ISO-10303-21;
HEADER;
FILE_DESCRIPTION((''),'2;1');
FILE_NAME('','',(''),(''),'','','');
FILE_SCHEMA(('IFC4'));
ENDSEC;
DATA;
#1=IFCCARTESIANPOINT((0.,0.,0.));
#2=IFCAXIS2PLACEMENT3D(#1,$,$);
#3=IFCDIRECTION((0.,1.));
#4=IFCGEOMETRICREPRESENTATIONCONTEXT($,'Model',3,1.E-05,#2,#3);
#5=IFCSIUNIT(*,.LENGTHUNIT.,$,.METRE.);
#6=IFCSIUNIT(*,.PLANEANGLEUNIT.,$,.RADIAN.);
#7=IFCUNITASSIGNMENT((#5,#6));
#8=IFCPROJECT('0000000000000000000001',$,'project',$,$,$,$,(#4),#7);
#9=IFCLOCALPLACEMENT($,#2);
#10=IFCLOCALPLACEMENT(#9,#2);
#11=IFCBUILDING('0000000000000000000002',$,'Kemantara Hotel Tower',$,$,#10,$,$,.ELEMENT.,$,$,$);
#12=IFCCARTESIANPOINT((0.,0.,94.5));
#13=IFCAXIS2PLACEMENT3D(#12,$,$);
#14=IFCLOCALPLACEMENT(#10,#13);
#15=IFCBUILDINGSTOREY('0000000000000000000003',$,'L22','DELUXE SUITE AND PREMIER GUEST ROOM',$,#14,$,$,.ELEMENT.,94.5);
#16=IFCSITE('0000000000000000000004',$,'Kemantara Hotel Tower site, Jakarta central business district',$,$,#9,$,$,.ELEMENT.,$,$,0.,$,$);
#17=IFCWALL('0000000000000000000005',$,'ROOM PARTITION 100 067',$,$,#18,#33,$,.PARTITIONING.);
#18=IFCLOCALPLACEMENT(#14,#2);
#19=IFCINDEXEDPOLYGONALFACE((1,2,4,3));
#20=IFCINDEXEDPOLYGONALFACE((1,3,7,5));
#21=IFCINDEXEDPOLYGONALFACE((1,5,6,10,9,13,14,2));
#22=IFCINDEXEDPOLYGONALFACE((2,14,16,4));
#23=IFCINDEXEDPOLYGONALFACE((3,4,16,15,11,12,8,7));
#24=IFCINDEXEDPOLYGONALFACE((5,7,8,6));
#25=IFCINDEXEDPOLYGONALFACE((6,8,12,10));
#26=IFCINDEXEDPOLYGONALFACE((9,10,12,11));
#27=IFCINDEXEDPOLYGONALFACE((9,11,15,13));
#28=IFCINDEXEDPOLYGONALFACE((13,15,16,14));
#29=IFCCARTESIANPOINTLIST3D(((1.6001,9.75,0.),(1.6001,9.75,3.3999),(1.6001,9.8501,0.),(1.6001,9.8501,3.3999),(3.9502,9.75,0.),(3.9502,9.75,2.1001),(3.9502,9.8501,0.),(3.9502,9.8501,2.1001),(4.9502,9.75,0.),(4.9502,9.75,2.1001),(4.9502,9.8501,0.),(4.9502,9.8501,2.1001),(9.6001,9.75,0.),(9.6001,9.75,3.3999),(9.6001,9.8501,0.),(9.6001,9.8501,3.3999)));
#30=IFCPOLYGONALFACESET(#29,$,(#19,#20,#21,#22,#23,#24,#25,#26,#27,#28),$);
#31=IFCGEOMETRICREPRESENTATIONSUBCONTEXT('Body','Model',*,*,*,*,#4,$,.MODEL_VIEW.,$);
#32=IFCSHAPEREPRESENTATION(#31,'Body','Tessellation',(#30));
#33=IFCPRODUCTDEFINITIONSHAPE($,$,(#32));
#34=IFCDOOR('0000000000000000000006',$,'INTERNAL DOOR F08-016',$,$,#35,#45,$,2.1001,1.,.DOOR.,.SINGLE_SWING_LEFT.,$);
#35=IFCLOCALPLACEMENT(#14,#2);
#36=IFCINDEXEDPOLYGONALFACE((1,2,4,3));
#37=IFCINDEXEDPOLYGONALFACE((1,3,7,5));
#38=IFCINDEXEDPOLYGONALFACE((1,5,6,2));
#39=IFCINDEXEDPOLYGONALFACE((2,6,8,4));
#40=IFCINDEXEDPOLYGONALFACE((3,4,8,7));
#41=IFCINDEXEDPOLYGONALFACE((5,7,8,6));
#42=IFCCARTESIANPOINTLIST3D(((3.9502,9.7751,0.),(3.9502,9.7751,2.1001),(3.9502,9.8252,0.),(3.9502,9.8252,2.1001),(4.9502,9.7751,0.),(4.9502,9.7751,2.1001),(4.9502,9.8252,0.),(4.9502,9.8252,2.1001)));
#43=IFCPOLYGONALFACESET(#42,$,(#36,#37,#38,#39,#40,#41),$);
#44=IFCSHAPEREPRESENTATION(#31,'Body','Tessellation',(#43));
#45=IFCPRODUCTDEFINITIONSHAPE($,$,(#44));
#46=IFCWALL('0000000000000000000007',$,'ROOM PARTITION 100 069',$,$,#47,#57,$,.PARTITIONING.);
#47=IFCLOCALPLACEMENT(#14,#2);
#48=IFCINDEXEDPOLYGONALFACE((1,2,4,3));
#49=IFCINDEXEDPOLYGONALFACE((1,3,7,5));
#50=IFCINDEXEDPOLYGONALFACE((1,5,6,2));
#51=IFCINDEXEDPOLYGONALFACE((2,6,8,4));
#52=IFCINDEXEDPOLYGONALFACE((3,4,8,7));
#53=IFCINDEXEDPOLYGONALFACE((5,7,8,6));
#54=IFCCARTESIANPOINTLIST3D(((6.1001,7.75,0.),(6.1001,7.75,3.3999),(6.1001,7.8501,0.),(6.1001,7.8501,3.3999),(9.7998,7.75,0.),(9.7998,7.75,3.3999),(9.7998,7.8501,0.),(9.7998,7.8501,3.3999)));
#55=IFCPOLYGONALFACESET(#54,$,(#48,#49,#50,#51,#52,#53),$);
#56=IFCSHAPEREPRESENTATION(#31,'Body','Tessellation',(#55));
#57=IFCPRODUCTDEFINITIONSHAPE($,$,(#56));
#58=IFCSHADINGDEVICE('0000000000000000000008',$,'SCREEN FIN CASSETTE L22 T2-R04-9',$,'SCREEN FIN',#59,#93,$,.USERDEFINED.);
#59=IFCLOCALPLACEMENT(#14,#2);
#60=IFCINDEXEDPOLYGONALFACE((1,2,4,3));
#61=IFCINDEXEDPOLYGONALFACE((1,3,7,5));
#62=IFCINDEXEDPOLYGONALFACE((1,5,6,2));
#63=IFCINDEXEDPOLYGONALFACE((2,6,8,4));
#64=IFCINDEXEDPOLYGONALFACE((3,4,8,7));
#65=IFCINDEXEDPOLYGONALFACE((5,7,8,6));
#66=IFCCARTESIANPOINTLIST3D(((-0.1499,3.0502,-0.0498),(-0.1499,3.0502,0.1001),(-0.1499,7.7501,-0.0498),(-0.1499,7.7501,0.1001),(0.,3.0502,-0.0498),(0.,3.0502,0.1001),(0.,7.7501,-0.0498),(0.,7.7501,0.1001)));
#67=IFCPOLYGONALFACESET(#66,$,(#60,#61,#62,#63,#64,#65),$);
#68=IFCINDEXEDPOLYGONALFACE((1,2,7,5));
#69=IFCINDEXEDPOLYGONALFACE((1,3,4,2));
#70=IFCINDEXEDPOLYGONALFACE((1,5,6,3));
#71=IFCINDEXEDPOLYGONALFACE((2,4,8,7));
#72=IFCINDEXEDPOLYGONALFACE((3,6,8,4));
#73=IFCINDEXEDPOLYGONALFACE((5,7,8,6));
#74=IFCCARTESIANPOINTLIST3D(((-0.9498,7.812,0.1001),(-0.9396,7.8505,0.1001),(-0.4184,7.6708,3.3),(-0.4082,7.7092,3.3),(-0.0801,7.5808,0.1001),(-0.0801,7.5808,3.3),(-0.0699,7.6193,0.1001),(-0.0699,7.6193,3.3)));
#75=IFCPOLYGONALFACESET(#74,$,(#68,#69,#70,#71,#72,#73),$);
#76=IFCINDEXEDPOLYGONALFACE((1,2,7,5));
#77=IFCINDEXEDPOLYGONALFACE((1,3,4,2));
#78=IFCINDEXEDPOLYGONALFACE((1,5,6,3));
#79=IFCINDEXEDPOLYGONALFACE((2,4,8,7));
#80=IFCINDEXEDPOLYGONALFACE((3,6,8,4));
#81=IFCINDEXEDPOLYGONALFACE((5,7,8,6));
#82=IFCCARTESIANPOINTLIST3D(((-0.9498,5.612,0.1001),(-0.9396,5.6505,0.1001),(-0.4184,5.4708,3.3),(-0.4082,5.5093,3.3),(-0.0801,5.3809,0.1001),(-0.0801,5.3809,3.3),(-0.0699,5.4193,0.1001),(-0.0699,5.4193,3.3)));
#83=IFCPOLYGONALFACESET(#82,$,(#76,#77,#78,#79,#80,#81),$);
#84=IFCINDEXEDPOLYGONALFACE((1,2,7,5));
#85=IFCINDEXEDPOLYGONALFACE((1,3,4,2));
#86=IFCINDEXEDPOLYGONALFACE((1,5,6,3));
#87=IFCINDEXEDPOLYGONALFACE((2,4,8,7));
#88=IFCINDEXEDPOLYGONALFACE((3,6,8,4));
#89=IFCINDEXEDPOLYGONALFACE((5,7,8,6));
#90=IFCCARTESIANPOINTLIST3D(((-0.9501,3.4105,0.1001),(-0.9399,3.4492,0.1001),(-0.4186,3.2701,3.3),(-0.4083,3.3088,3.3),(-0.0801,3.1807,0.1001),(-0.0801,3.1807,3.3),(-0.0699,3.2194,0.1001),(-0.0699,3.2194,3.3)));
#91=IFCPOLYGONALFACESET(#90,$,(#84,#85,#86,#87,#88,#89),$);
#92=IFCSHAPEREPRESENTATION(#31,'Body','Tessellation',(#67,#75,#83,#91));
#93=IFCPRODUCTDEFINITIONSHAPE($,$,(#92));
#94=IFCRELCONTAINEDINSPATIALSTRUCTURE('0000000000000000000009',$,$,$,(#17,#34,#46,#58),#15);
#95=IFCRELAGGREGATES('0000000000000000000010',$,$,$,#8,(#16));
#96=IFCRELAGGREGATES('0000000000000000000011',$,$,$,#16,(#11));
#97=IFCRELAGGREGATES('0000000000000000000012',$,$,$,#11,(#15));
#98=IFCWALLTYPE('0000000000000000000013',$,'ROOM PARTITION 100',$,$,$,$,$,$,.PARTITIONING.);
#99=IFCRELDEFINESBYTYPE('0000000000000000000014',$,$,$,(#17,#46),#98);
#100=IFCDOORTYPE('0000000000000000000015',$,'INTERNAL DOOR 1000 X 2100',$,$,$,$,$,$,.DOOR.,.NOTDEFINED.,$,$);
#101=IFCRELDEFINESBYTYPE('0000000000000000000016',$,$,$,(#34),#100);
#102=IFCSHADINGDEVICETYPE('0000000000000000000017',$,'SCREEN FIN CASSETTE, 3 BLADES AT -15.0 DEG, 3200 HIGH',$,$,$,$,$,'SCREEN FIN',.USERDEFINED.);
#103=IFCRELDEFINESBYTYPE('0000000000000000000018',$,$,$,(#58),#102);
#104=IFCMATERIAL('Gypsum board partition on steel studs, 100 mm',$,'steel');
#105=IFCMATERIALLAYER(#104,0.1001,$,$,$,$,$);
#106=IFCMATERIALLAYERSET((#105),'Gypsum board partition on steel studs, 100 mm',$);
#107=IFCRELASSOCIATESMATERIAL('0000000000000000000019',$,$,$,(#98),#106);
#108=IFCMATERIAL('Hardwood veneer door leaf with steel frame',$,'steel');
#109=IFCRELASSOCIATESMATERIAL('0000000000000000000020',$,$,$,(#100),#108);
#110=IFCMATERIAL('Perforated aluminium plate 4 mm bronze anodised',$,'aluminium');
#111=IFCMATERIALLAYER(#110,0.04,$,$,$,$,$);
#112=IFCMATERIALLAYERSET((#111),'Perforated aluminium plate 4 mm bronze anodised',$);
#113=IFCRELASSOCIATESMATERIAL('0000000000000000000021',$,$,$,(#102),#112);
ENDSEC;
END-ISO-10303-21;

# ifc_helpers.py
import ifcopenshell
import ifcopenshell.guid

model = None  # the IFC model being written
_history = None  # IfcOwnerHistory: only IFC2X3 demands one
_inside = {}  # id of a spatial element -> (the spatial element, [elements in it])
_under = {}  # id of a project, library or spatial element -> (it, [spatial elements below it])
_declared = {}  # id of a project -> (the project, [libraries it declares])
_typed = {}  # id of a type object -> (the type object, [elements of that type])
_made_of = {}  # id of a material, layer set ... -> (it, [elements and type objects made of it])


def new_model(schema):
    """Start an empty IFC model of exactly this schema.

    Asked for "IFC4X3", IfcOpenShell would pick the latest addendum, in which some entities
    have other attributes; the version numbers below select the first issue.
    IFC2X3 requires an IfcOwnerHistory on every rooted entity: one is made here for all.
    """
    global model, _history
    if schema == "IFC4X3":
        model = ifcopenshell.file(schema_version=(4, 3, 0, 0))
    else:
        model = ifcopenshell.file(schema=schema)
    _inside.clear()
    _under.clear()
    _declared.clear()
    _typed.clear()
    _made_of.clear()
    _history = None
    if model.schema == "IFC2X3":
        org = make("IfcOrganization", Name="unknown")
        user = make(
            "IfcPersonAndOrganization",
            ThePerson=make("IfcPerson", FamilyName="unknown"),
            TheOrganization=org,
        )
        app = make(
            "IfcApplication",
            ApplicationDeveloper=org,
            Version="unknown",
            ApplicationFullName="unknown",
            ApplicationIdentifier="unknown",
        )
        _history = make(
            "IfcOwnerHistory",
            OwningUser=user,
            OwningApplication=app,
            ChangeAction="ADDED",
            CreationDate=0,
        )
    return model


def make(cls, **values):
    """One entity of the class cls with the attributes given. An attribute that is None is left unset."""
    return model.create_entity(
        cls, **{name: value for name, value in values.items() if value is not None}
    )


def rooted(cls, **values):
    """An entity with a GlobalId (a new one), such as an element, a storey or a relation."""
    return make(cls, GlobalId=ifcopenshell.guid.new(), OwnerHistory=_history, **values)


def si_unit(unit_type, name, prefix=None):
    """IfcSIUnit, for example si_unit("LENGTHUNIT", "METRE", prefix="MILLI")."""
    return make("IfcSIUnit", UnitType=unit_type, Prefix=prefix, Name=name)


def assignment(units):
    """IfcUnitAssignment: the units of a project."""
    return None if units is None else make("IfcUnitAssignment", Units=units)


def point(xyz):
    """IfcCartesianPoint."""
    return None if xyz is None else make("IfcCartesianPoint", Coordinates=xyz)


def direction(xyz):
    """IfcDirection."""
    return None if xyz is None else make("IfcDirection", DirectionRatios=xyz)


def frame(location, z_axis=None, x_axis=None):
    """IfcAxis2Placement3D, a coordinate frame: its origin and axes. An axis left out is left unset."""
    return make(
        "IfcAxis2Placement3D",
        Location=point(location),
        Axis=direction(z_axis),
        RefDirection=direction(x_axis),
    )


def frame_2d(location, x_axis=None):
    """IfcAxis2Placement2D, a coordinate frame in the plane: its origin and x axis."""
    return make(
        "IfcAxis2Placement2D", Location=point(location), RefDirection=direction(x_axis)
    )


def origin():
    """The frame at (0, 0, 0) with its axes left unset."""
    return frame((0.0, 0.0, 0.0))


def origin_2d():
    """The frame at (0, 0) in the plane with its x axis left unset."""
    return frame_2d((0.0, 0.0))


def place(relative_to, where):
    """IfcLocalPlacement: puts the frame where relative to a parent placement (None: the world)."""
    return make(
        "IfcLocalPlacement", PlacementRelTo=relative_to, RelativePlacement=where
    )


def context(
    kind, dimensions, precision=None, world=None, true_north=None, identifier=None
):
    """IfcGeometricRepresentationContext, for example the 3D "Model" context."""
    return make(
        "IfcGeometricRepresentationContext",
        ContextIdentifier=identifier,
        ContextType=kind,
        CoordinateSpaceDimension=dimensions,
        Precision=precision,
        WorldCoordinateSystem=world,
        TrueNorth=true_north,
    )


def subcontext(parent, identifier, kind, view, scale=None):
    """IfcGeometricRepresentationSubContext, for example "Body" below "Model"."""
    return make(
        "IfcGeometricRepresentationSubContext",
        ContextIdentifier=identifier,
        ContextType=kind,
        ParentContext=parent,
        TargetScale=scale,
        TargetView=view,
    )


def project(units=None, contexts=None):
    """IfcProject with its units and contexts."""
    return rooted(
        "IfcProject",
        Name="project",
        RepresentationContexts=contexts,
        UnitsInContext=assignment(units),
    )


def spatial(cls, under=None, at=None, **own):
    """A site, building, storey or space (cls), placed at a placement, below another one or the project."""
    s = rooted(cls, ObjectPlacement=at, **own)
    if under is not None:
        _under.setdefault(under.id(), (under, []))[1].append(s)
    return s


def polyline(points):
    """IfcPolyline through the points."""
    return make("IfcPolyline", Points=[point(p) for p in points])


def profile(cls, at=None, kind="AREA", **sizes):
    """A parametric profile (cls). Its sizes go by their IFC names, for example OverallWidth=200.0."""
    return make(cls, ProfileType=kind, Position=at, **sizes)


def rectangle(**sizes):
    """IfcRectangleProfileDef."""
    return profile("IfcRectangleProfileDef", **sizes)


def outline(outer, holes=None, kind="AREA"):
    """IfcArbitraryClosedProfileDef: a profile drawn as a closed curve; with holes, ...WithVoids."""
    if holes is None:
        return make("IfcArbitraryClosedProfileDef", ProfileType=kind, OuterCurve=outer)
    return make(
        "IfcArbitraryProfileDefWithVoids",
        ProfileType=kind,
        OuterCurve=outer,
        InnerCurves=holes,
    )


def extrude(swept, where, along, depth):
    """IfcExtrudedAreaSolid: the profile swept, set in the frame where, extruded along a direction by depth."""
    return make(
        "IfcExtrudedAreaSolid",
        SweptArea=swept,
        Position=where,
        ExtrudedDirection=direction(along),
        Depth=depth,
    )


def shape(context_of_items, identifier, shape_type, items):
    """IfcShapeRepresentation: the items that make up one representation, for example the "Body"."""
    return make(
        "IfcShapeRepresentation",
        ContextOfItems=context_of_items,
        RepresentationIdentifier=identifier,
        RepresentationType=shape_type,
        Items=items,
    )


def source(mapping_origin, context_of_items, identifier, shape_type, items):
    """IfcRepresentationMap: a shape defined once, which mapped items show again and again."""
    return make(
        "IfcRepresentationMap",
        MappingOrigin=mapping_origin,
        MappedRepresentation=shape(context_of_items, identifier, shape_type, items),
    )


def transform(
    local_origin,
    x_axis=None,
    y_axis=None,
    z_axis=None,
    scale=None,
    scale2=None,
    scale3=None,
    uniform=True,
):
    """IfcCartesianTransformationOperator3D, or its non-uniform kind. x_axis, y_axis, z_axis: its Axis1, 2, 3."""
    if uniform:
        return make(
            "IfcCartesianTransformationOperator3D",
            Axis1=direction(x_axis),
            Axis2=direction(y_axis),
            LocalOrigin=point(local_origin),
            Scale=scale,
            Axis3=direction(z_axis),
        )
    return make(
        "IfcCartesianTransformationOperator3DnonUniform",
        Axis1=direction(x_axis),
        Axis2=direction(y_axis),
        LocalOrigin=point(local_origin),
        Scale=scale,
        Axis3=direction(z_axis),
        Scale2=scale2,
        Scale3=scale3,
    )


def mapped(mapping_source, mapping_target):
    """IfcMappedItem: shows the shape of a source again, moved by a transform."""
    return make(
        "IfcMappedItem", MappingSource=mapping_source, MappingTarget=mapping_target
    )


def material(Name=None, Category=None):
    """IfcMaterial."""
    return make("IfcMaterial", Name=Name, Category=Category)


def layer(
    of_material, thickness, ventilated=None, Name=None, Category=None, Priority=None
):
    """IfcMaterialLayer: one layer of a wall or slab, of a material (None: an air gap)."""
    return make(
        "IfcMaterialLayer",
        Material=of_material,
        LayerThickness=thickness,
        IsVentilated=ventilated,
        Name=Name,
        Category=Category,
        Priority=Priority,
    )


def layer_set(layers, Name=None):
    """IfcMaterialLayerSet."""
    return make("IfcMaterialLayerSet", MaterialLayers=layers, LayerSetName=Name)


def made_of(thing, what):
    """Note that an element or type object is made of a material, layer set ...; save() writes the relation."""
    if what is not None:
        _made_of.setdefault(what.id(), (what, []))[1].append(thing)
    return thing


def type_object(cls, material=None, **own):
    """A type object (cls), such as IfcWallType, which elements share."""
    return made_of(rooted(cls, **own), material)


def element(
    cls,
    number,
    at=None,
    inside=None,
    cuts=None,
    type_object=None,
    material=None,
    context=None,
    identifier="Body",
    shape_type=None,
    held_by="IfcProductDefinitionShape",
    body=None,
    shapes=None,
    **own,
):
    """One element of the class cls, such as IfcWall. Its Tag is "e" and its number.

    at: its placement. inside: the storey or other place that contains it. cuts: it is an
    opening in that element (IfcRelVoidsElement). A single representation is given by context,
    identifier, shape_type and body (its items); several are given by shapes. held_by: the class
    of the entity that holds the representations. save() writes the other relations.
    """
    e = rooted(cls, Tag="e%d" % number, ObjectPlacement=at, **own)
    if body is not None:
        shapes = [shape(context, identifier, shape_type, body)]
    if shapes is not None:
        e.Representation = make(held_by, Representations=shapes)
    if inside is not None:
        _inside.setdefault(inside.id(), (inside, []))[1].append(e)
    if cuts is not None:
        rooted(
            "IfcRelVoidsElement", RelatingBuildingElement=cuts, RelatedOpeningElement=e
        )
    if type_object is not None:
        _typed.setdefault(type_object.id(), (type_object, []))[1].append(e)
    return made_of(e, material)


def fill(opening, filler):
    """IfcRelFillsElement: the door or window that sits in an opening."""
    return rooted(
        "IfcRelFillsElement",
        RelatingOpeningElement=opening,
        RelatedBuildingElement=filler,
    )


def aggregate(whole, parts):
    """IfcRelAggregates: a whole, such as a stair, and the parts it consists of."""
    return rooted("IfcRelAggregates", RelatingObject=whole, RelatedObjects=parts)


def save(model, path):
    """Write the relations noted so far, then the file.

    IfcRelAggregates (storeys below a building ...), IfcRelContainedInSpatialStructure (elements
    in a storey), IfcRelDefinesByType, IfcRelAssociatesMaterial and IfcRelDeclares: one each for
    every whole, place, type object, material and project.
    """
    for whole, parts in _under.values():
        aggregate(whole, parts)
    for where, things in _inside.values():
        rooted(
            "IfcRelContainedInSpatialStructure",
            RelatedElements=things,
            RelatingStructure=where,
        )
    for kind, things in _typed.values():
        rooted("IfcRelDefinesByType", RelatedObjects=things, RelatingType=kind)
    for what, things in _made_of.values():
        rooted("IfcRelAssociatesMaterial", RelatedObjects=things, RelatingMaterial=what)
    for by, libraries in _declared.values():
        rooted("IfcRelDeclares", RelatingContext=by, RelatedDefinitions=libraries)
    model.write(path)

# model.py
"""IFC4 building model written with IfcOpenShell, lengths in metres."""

from ifc_helpers import new_model, si_unit, direction, frame, frame_2d, origin, origin_2d, place, context, subcontext, project, spatial, polyline, rectangle, outline, extrude, source, transform, mapped, material, layer, layer_set, type_object, element, fill, save


model = new_model("IFC4")

# Units and contexts
model_context = context("Model", 3, precision=1e-05, world=origin(), true_north=direction((0.0, 1.0)))
body_context = subcontext(model_context, "Body", "Model", "MODEL_VIEW")
ifc_project = project(units=[si_unit("LENGTHUNIT", "METRE"), si_unit("PLANEANGLEUNIT", "RADIAN")], contexts=[model_context])

# Site, building, storey
site_placement = place(None, origin())
site = spatial("IfcSite", under=ifc_project, at=site_placement, Name="Kemantara Hotel Tower site, Jakarta central business district", CompositionType="ELEMENT", RefElevation=0.0)
building_placement = place(site_placement, origin())
building = spatial("IfcBuilding", under=site, at=building_placement, Name="Kemantara Hotel Tower", CompositionType="ELEMENT")
storey_placement = place(building_placement, frame((0.0, 0.0, 94.5)))
storey = spatial("IfcBuildingStorey", under=building, at=storey_placement, Name="L22", Description="DELUXE SUITE AND PREMIER GUEST ROOM", CompositionType="ELEMENT", Elevation=94.5)

# Shared definitions
ifc_material_1 = material(Name="Hardwood veneer door leaf with steel frame", Category="steel")

# Shared definitions
ifc_material_2 = material(Name="Gypsum board partition on steel studs, 100 mm", Category="steel")
ifc_layer_1 = layer(ifc_material_2, 0.1001)
ifc_layer_set_1 = layer_set([ifc_layer_1], Name="Gypsum board partition on steel studs, 100 mm")
wall_type_1 = type_object("IfcWallType", Name="ROOM PARTITION 100", PredefinedType="PARTITIONING", material=ifc_layer_set_1)

# Wall, opening, door
wall_1_placement = place(storey_placement, frame((9.6001, 9.8, 0.0), z_axis=(0.0, 0.0, 1.0), x_axis=(-1.0, 0.0, 0.0)))
wall_1 = element("IfcWall", 1, at=wall_1_placement, inside=storey, type_object=wall_type_1, Name="ROOM PARTITION 100 067", PredefinedType="PARTITIONING", context=body_context, shape_type="SweptSolid", body=[
    extrude(rectangle(XDim=8.0, YDim=0.1001, at=frame_2d((4.0, 0.0))), origin(), (0.0, 0.0, 1.0), 3.3999),
])
opening_1_placement = place(wall_1_placement, frame((4.6499, 0.0, 0.0)))
opening_1 = element("IfcOpeningElement", 2, at=opening_1_placement, cuts=wall_1, PredefinedType="OPENING", context=body_context, shape_type="SweptSolid", body=[
    extrude(rectangle(XDim=1.0, YDim=2.1001, at=frame_2d((0.5, 1.05))), frame((0.0, 0.0601, 0.0), z_axis=(0.0, -1.0, 0.0), x_axis=(1.0, 0.0, 0.0)), (0.0, 0.0, 1.0), 0.1201),
])
door_type_1 = type_object("IfcDoorType", Name="INTERNAL DOOR 1000 X 2100", OperationType="NOTDEFINED", PredefinedType="DOOR", material=ifc_material_1)
door_1_placement = place(opening_1_placement, origin())
door_1 = element("IfcDoor", 3, at=door_1_placement, inside=storey, type_object=door_type_1, Name="INTERNAL DOOR F08-016", OperationType="SINGLE_SWING_LEFT", OverallHeight=2.1001, OverallWidth=1.0, PredefinedType="DOOR", context=body_context, shape_type="SweptSolid", body=[
    extrude(rectangle(XDim=1.0, YDim=2.1001, at=frame_2d((0.5, 1.05))), frame((0.0, 0.0249, 0.0), z_axis=(0.0, -1.0, 0.0), x_axis=(1.0, 0.0, 0.0)), (0.0, 0.0, 1.0), 0.05),
])
fill(opening_1, door_1)

# Wall
wall_2_placement = place(storey_placement, frame((6.1001, 7.8, 0.0), z_axis=(0.0, 0.0, 1.0), x_axis=(1.0, 0.0, 0.0)))
element("IfcWall", 4, at=wall_2_placement, inside=storey, type_object=wall_type_1, Name="ROOM PARTITION 100 069", PredefinedType="PARTITIONING", context=body_context, shape_type="SweptSolid", body=[
    extrude(rectangle(XDim=3.6997, YDim=0.1001, at=frame_2d((1.8499, 0.0))), origin(), (0.0, 0.0, 1.0), 3.3999),
])

# Shading device
ifc_material_3 = material(Name="Perforated aluminium plate 4 mm bronze anodised", Category="aluminium")
ifc_layer_2 = layer(ifc_material_3, 0.04)
ifc_layer_set_2 = layer_set([ifc_layer_2], Name="Perforated aluminium plate 4 mm bronze anodised")
shading_device_type = type_object("IfcShadingDeviceType", Name="SCREEN FIN CASSETTE, 3 BLADES AT -15.0 DEG, 3200 HIGH", ElementType="SCREEN FIN", PredefinedType="USERDEFINED", material=ifc_layer_set_2)
shared_shape = source(origin(), body_context, "Body", "SweptSolid", [
    extrude(rectangle(XDim=4.7, YDim=0.1499, at=origin_2d()), frame((2.2, -0.075, -0.1499), z_axis=(0.0, 0.0, 1.0), x_axis=(1.0, 0.0, 0.0)), (0.0, 0.0, 1.0), 0.1499),
    extrude(outline(polyline([(0.0, 0.0), (0.8999, 0.0), (0.3501, 3.2), (0.0, 3.2), (0.0, 0.0)])), frame((0.0193, -0.0801, 0.0), z_axis=(-0.966438, 0.256901, 0.0), x_axis=(-0.256901, -0.966438, 0.0)), (0.0, 0.0, 1.0), 0.0398),
    extrude(outline(polyline([(0.0, 0.0), (0.8999, 0.0), (0.3501, 3.2), (0.0, 3.2), (0.0, 0.0)])), frame((2.2192, -0.0801, 0.0), z_axis=(-0.966438, 0.256901, 0.0), x_axis=(-0.256901, -0.966438, 0.0)), (0.0, 0.0, 1.0), 0.0398),
    extrude(outline(polyline([(0.0, 0.0), (0.8999, 0.0), (0.3501, 3.2), (0.0, 3.2), (0.0, 0.0)])), frame((4.4194, -0.0801, 0.0), z_axis=(-0.966838, 0.255391, 0.0), x_axis=(-0.255391, -0.966838, 0.0)), (0.0, 0.0, 1.0), 0.04),
])
shading_device_placement = place(storey_placement, frame((0.0, 7.6001, 0.1001), z_axis=(0.0, 0.0, 1.0), x_axis=(0.0, -1.0, 0.0)))
element("IfcShadingDevice", 5, at=shading_device_placement, inside=storey, type_object=shading_device_type, Name="SCREEN FIN CASSETTE L22 T2-R04-9", ObjectType="SCREEN FIN", PredefinedType="USERDEFINED", context=body_context, shape_type="MappedRepresentation", body=[
    mapped(shared_shape, transform((0.0, 0.0, 0.0))),
])

save(model, "model.ifc")
